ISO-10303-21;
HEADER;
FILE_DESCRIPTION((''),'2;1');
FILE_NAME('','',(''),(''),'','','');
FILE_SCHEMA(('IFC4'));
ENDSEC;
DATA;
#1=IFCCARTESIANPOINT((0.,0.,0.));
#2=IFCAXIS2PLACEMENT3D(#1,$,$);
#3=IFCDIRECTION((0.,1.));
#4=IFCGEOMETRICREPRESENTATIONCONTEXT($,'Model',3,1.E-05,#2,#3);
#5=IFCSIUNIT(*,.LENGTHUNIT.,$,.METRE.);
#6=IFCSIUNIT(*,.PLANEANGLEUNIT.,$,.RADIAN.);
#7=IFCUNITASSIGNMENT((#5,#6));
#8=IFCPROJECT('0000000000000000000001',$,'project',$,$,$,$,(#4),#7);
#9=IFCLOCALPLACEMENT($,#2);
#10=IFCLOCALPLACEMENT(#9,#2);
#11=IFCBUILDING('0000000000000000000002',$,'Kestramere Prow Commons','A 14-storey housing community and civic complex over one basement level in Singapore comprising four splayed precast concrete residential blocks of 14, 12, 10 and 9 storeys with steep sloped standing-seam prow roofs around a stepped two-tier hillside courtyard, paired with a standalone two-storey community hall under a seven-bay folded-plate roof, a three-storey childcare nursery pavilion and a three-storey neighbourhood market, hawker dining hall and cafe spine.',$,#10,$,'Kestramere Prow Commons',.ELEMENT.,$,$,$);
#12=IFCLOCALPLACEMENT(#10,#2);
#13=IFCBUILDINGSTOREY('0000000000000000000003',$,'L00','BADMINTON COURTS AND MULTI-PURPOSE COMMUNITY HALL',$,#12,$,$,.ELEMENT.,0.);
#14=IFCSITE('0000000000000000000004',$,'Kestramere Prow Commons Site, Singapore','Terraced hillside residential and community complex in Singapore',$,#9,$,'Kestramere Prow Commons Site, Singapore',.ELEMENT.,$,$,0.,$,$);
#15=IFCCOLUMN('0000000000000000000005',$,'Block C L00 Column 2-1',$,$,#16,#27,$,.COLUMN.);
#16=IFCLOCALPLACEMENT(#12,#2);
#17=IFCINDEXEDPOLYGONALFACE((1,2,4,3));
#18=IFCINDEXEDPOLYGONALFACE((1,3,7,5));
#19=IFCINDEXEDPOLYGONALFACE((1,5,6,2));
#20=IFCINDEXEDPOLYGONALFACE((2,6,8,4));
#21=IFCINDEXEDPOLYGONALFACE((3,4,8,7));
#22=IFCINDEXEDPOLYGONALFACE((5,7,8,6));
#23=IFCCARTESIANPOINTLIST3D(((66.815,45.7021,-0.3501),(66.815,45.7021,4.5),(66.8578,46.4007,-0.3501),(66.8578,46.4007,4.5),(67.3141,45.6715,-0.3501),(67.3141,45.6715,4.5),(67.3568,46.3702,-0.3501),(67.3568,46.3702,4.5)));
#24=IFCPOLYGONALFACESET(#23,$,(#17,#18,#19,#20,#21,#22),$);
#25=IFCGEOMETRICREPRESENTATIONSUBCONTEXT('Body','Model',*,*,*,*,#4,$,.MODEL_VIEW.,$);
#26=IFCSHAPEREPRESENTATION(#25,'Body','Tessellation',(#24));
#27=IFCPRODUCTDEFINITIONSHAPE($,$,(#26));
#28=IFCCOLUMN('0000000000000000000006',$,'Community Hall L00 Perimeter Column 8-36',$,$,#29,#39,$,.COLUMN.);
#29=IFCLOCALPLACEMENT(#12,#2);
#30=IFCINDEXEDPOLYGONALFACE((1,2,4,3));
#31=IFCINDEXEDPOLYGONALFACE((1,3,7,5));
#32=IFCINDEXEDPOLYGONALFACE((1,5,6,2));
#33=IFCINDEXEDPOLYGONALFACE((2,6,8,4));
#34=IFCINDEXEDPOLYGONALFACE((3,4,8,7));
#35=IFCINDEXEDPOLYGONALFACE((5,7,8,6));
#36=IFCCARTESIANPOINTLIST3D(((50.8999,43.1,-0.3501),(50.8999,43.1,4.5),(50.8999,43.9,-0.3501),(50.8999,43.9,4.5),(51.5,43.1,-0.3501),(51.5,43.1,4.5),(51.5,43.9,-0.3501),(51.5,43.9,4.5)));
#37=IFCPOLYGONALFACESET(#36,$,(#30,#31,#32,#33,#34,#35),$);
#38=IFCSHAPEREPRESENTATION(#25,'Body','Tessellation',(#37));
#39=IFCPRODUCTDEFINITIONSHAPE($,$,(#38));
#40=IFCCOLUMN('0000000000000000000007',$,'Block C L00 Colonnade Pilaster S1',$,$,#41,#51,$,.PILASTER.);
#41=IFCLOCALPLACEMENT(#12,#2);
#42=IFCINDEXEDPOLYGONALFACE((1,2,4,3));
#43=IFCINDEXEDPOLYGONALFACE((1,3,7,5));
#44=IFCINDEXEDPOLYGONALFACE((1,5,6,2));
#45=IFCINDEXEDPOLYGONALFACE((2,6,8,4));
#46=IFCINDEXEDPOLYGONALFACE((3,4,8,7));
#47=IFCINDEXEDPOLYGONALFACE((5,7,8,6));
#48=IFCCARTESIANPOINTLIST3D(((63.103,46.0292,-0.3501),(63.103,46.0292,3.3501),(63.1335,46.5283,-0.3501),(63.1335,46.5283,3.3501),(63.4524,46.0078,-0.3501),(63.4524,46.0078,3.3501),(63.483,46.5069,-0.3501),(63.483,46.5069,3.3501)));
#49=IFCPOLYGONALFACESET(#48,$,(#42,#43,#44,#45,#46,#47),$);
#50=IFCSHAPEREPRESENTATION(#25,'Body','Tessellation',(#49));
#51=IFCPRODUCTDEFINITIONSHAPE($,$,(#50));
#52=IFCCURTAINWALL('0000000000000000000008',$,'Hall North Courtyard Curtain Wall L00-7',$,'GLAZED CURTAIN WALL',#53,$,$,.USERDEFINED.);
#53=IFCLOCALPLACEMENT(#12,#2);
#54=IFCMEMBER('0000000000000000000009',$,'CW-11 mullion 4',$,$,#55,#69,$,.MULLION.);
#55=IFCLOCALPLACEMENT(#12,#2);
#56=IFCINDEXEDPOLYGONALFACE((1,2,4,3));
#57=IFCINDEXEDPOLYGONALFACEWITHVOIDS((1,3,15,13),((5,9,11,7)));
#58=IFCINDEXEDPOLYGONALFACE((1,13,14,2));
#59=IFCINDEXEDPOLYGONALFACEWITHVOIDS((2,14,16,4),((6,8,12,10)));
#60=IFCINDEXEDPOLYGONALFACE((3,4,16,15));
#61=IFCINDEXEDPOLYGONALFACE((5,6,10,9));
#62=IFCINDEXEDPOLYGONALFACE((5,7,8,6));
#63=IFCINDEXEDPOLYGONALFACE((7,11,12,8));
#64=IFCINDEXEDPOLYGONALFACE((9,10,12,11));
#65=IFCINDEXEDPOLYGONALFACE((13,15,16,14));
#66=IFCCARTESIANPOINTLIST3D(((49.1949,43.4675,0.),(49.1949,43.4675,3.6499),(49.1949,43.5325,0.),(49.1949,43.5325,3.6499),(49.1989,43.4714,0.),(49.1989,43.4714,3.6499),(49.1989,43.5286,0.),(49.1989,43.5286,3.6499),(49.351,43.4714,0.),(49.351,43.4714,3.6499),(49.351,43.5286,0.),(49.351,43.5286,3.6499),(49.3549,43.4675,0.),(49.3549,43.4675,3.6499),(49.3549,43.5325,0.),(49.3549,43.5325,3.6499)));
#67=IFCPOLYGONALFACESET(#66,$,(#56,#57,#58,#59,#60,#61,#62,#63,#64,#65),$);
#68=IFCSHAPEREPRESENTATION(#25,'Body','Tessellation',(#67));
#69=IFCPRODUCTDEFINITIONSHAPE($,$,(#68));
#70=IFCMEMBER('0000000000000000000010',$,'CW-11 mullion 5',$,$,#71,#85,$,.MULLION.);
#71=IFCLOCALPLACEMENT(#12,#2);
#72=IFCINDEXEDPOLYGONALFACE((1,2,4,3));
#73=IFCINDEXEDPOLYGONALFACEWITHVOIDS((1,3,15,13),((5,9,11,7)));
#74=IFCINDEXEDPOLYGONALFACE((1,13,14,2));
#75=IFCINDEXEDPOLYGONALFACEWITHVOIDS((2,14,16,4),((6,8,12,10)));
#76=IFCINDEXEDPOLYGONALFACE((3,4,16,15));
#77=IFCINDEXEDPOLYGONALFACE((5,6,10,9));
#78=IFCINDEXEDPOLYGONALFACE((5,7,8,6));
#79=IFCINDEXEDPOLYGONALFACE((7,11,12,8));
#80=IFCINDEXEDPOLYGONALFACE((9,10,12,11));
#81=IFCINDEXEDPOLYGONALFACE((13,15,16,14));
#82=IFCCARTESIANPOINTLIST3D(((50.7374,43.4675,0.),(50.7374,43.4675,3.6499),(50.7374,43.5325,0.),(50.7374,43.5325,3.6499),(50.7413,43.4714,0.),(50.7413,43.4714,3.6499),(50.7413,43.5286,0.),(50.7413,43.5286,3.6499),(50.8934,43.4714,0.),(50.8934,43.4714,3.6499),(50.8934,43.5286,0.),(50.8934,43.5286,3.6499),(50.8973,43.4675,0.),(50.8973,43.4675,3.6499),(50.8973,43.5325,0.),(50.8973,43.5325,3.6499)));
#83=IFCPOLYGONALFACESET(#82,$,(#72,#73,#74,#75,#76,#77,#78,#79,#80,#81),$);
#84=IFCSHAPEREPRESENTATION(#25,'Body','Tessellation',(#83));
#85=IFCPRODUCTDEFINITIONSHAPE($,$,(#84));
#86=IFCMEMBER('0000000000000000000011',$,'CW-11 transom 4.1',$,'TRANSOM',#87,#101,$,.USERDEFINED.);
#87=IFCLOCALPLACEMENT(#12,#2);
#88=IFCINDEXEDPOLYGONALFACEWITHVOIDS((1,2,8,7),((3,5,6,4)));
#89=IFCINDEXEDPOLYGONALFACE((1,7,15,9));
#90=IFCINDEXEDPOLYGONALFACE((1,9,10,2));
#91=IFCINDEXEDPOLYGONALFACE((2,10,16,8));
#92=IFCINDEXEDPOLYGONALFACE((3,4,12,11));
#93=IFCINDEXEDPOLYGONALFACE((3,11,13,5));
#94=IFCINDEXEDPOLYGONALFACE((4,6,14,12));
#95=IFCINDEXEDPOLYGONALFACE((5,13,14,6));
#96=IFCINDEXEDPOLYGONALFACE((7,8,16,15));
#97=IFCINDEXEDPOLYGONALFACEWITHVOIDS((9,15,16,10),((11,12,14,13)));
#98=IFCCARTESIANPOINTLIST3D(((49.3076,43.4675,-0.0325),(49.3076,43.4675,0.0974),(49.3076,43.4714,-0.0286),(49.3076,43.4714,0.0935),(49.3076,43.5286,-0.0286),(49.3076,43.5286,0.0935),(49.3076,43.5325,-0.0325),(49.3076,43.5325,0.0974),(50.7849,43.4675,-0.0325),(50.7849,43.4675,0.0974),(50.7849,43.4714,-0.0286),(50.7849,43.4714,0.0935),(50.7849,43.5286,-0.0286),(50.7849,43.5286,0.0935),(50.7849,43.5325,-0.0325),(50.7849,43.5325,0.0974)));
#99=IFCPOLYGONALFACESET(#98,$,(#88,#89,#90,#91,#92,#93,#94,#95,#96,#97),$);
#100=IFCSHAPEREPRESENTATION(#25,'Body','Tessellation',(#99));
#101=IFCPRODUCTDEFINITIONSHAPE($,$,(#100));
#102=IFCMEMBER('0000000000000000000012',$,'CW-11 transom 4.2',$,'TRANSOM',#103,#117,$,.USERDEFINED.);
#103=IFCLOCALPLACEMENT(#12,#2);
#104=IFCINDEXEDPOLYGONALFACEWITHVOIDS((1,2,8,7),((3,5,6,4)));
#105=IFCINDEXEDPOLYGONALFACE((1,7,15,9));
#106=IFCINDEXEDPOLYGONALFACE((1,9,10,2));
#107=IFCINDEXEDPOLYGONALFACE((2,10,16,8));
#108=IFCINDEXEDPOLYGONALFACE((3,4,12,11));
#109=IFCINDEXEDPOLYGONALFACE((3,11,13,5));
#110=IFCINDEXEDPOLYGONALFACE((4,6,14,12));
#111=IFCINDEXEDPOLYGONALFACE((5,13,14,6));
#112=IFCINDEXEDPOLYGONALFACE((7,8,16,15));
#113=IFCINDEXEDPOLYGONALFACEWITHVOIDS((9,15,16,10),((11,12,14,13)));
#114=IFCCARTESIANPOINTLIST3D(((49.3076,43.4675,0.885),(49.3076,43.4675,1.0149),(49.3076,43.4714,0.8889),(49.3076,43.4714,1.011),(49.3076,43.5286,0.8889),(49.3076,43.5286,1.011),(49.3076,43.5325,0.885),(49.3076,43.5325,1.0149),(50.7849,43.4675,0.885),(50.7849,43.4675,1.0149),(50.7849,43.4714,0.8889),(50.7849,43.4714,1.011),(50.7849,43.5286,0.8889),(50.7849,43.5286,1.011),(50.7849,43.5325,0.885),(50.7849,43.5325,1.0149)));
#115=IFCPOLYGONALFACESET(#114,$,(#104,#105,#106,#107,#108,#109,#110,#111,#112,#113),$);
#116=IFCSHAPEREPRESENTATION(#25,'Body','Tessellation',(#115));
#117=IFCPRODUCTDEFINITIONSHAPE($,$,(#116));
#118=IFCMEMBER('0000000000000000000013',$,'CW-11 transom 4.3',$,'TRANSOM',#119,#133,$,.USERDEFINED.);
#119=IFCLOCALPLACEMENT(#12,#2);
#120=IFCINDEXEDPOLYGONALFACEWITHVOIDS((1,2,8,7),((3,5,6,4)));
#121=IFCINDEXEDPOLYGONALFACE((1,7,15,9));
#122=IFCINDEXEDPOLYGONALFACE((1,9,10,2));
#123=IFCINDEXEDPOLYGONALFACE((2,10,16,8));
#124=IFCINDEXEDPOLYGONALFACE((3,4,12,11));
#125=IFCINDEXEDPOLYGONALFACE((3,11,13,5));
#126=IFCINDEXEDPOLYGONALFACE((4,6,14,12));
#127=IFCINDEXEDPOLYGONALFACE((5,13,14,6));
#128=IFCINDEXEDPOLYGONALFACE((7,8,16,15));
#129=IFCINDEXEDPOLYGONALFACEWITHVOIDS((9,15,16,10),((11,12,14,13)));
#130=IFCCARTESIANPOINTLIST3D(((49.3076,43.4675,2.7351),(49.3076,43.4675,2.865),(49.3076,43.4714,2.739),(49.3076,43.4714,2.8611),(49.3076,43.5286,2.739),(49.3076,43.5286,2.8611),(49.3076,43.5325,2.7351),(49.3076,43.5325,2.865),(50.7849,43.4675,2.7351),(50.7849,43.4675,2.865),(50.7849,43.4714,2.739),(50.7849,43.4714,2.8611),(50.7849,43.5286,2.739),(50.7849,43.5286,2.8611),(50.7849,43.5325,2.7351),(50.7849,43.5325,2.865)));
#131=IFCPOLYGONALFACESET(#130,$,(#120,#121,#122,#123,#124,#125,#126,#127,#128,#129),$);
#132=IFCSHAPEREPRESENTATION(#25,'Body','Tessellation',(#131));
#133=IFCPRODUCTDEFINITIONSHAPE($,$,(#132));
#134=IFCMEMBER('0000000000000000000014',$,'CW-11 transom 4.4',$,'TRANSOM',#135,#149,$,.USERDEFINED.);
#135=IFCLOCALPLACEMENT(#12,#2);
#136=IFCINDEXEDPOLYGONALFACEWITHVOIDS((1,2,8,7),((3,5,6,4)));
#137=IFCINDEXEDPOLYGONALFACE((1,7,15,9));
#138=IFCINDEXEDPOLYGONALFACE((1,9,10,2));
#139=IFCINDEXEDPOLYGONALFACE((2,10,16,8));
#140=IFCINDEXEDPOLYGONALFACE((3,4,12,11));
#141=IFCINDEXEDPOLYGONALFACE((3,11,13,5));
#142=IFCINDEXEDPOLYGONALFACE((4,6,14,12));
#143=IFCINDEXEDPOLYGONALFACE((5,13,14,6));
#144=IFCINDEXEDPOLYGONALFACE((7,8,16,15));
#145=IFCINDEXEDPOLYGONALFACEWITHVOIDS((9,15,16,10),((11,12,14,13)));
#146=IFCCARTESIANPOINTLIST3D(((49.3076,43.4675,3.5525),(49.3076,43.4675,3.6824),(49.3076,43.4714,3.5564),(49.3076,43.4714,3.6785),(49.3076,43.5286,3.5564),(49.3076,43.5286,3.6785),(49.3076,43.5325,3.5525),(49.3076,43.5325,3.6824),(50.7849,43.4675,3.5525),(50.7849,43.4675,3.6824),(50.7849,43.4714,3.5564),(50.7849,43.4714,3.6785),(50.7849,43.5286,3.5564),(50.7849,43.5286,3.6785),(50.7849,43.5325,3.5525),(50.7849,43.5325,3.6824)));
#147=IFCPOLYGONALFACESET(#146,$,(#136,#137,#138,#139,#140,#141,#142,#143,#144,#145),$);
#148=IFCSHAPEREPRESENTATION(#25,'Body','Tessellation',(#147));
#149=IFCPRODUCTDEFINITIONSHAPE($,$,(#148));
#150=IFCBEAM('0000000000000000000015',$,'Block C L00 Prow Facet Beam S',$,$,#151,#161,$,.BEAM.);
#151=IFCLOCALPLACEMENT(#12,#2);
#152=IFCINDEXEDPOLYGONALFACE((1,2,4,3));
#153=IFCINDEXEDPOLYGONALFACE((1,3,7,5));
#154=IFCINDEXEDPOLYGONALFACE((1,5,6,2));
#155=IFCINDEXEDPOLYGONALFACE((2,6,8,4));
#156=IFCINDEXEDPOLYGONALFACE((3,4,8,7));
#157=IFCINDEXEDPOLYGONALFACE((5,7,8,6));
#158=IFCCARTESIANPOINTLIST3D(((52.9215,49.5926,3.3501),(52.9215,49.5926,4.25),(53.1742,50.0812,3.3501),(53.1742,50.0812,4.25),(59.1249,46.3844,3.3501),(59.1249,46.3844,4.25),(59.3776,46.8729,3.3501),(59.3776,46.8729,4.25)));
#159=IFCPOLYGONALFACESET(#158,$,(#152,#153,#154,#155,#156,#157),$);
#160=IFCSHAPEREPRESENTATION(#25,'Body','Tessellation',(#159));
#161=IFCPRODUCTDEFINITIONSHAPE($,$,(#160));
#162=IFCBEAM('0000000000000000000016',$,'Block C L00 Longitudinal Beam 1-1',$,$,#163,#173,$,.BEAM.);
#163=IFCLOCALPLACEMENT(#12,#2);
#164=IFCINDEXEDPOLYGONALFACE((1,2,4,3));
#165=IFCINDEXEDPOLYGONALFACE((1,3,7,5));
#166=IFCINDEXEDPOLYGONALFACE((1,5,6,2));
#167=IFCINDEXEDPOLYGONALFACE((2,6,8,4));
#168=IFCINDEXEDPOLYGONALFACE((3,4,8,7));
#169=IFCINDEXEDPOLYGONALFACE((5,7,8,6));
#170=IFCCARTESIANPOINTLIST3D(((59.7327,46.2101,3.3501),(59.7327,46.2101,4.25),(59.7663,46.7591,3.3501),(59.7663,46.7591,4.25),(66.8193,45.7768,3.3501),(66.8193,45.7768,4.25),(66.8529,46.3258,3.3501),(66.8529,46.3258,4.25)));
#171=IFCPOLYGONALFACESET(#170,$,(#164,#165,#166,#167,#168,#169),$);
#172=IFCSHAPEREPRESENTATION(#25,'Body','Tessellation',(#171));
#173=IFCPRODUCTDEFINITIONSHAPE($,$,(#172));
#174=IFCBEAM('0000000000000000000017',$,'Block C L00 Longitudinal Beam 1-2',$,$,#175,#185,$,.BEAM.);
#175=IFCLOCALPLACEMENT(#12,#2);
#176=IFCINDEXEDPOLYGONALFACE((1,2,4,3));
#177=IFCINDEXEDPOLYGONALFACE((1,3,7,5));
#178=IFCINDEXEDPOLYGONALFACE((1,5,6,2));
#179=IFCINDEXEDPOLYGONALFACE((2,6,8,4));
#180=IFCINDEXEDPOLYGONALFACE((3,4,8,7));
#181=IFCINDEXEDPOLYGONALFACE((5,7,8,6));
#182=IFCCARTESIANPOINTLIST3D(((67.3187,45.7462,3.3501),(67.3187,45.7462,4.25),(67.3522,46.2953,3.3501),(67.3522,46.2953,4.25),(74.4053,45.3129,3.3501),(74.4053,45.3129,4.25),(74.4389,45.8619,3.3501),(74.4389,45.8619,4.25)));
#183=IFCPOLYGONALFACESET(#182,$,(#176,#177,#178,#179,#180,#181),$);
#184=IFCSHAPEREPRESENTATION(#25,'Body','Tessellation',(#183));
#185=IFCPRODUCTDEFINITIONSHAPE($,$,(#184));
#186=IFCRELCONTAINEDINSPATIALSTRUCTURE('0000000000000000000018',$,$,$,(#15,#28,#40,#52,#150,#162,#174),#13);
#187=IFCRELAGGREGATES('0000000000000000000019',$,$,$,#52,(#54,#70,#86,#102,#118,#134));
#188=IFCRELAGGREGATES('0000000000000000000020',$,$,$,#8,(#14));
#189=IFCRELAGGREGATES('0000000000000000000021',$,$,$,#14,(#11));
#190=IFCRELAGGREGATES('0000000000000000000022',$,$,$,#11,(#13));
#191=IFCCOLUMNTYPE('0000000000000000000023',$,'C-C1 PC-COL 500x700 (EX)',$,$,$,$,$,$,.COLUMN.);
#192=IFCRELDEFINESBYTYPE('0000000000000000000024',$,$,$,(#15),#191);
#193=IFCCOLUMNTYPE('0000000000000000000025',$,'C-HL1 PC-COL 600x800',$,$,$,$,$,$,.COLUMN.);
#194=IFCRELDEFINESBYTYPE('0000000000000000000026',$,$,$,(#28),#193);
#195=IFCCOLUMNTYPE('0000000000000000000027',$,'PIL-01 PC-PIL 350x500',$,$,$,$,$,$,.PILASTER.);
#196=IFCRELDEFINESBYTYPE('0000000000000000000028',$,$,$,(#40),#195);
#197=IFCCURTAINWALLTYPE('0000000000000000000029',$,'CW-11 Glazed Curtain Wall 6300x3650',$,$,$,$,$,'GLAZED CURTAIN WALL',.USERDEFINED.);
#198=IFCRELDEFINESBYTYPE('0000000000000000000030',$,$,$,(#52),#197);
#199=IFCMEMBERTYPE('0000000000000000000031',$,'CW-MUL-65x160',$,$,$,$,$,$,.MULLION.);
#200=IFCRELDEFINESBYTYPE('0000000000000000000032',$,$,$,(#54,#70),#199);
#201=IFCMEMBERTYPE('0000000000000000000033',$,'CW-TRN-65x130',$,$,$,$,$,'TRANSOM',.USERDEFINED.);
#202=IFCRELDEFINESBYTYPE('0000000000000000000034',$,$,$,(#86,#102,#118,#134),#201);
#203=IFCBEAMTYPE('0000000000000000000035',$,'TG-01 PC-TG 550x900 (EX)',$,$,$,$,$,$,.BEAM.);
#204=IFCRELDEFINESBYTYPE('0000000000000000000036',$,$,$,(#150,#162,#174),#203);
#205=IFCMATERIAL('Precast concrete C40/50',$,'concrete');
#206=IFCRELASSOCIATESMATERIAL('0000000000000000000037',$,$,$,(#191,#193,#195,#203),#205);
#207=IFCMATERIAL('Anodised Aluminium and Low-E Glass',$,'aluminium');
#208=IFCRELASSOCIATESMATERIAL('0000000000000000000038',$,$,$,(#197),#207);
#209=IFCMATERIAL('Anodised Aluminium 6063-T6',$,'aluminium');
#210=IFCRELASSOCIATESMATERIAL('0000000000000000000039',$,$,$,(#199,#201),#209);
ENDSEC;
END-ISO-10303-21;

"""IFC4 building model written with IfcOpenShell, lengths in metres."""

from ifc_helpers import new_model, si_unit, direction, frame, origin, origin_2d, place, context, subcontext, project, spatial, rectangle, hollow_rectangle, extrude, material, material_profile, profile_set, type_object, element, aggregate, save


model = new_model("IFC4")

# Units and contexts
model_context = context("Model", 3, precision=1e-05, world=origin(), true_north=direction((0.0, 1.0)))
body_context = subcontext(model_context, "Body", "Model", "MODEL_VIEW")
ifc_project = project(units=[si_unit("LENGTHUNIT", "METRE"), si_unit("PLANEANGLEUNIT", "RADIAN")], contexts=[model_context])

# Site, building, storey
site_placement = place(None, origin())
site = spatial("IfcSite", under=ifc_project, at=site_placement, Name="Kestramere Prow Commons Site, Singapore", Description="Terraced hillside residential and community complex in Singapore", LongName="Kestramere Prow Commons Site, Singapore", CompositionType="ELEMENT", RefElevation=0.0)
building_placement = place(site_placement, origin())
building = spatial("IfcBuilding", under=site, at=building_placement, Name="Kestramere Prow Commons", Description="A 14-storey housing community and civic complex over one basement level in Singapore comprising four splayed precast concrete residential blocks of 14, 12, 10 and 9 storeys with steep sloped standing-seam prow roofs around a stepped two-tier hillside courtyard, paired with a standalone two-storey community hall under a seven-bay folded-plate roof, a three-storey childcare nursery pavilion and a three-storey neighbourhood market, hawker dining hall and cafe spine.", LongName="Kestramere Prow Commons", CompositionType="ELEMENT")
storey_placement = place(building_placement, origin())
storey = spatial("IfcBuildingStorey", under=building, at=storey_placement, Name="L00", Description="BADMINTON COURTS AND MULTI-PURPOSE COMMUNITY HALL", CompositionType="ELEMENT", Elevation=0.0)

# Columns
ifc_material_1 = material(Name="Precast concrete C40/50", Category="concrete")
ifc_material_profile_1 = material_profile(ifc_material_1, rectangle(XDim=0.5, YDim=0.7, at=origin_2d()), Name="PC-COL 500x700")
ifc_profile_set_1 = profile_set([ifc_material_profile_1], Name="Precast concrete C40/50")
column_type_1 = type_object("IfcColumnType", Name="C-C1 PC-COL 500x700 (EX)", PredefinedType="COLUMN", material=ifc_profile_set_1)
for number, where, z_axis, x_axis, name in (
    (1, (67.0859, 46.0361, -0.3501), (0.0, 0.0, 1.0), (0.998135, -0.061049, 0.0), "Block C L00 Column 2-1"),
):
    element("IfcColumn", number, at=place(storey_placement, frame(where, z_axis=z_axis, x_axis=x_axis)), inside=storey, type_object=column_type_1, Name=name, PredefinedType="COLUMN", context=body_context, shape_type="SweptSolid", body=[
        extrude(rectangle(XDim=0.5, YDim=0.7, at=origin_2d()), origin(), (0.0, 0.0, 1.0), 4.8501),
    ])
ifc_material_profile_2 = material_profile(ifc_material_1, rectangle(XDim=0.6001, YDim=0.8, at=origin_2d()), Name="PC-COL 600x800")
ifc_profile_set_2 = profile_set([ifc_material_profile_2], Name="Precast concrete C40/50")
column_type_2 = type_object("IfcColumnType", Name="C-HL1 PC-COL 600x800", PredefinedType="COLUMN", material=ifc_profile_set_2)
column_1_placement = place(storey_placement, frame((51.2, 43.5, -0.3501), z_axis=(0.0, 0.0, 1.0), x_axis=(1.0, 0.0, 0.0)))
element("IfcColumn", 2, at=column_1_placement, inside=storey, type_object=column_type_2, Name="Community Hall L00 Perimeter Column 8-36", PredefinedType="COLUMN", context=body_context, shape_type="SweptSolid", body=[
    extrude(rectangle(XDim=0.6001, YDim=0.8, at=origin_2d()), origin(), (0.0, 0.0, 1.0), 4.8501),
])
ifc_material_profile_3 = material_profile(ifc_material_1, rectangle(XDim=0.3501, YDim=0.5, at=origin_2d()), Name="PC-PIL 350x500")
ifc_profile_set_3 = profile_set([ifc_material_profile_3], Name="Precast concrete C40/50")
column_type_3 = type_object("IfcColumnType", Name="PIL-01 PC-PIL 350x500", PredefinedType="PILASTER", material=ifc_profile_set_3)
column_2_placement = place(storey_placement, frame((63.293, 46.2681, -0.3501), z_axis=(0.0, 0.0, 1.0), x_axis=(0.998135, -0.061049, 0.0)))
element("IfcColumn", 3, at=column_2_placement, inside=storey, type_object=column_type_3, Name="Block C L00 Colonnade Pilaster S1", PredefinedType="PILASTER", context=body_context, shape_type="SweptSolid", body=[
    extrude(rectangle(XDim=0.3501, YDim=0.5, at=origin_2d()), origin(), (0.0, 0.0, 1.0), 3.7002),
])

# Curtain wall, members
ifc_material_2 = material(Name="Anodised Aluminium and Low-E Glass", Category="aluminium")
curtain_wall_type = type_object("IfcCurtainWallType", Name="CW-11 Glazed Curtain Wall 6300x3650", ElementType="GLAZED CURTAIN WALL", PredefinedType="USERDEFINED", material=ifc_material_2)
curtain_wall_placement = place(storey_placement, origin())
curtain_wall = element("IfcCurtainWall", 4, at=curtain_wall_placement, inside=storey, type_object=curtain_wall_type, Name="Hall North Courtyard Curtain Wall L00-7", ObjectType="GLAZED CURTAIN WALL", PredefinedType="USERDEFINED")
ifc_material_3 = material(Name="Anodised Aluminium 6063-T6", Category="aluminium")
ifc_material_profile_4 = material_profile(ifc_material_3, hollow_rectangle(XDim=0.0649, YDim=0.1599, WallThickness=0.0039, at=origin_2d()), Name="ALU-MUL 65x160")
ifc_profile_set_4 = profile_set([ifc_material_profile_4], Name="Anodised Aluminium 6063-T6")
member_type_1 = type_object("IfcMemberType", Name="CW-MUL-65x160", PredefinedType="MULLION", material=ifc_profile_set_4)
member_1_placement = place(storey_placement, frame((49.2749, 43.5, 0.0), z_axis=(0.0, 0.0, 1.0), x_axis=(0.0, 1.0, 0.0)))
member_1 = element("IfcMember", 5, at=member_1_placement, type_object=member_type_1, Name="CW-11 mullion 4", PredefinedType="MULLION", context=body_context, shape_type="SweptSolid", body=[
    extrude(hollow_rectangle(XDim=0.0649, YDim=0.1599, WallThickness=0.0039, at=origin_2d()), origin(), (0.0, 0.0, 1.0), 3.6499),
])
member_2_placement = place(storey_placement, frame((50.8174, 43.5, 0.0), z_axis=(0.0, 0.0, 1.0), x_axis=(0.0, 1.0, 0.0)))
member_2 = element("IfcMember", 6, at=member_2_placement, type_object=member_type_1, Name="CW-11 mullion 5", PredefinedType="MULLION", context=body_context, shape_type="SweptSolid", body=[
    extrude(hollow_rectangle(XDim=0.0649, YDim=0.1599, WallThickness=0.0039, at=origin_2d()), origin(), (0.0, 0.0, 1.0), 3.6499),
])
ifc_material_profile_5 = material_profile(ifc_material_3, hollow_rectangle(XDim=0.0649, YDim=0.1299, WallThickness=0.0039, at=origin_2d()), Name="ALU-TRN 65x130")
ifc_profile_set_5 = profile_set([ifc_material_profile_5], Name="Anodised Aluminium 6063-T6")
member_type_2 = type_object("IfcMemberType", Name="CW-TRN-65x130", ElementType="TRANSOM", PredefinedType="USERDEFINED", material=ifc_profile_set_5)
member_3_placement = place(storey_placement, frame((49.3076, 43.5, 0.0325), z_axis=(1.0, 0.0, 0.0), x_axis=(0.0, 1.0, 0.0)))
member_3 = element("IfcMember", 7, at=member_3_placement, type_object=member_type_2, Name="CW-11 transom 4.1", ObjectType="TRANSOM", PredefinedType="USERDEFINED", context=body_context, shape_type="SweptSolid", body=[
    extrude(hollow_rectangle(XDim=0.0649, YDim=0.1299, WallThickness=0.0039, at=origin_2d()), origin(), (0.0, 0.0, 1.0), 1.4773),
])
member_4_placement = place(storey_placement, frame((49.3076, 43.5, 0.95), z_axis=(1.0, 0.0, 0.0), x_axis=(0.0, 1.0, 0.0)))
member_4 = element("IfcMember", 8, at=member_4_placement, type_object=member_type_2, Name="CW-11 transom 4.2", ObjectType="TRANSOM", PredefinedType="USERDEFINED", context=body_context, shape_type="SweptSolid", body=[
    extrude(hollow_rectangle(XDim=0.0649, YDim=0.1299, WallThickness=0.0039, at=origin_2d()), origin(), (0.0, 0.0, 1.0), 1.4773),
])
member_5_placement = place(storey_placement, frame((49.3076, 43.5, 2.8), z_axis=(1.0, 0.0, 0.0), x_axis=(0.0, 1.0, 0.0)))
member_5 = element("IfcMember", 9, at=member_5_placement, type_object=member_type_2, Name="CW-11 transom 4.3", ObjectType="TRANSOM", PredefinedType="USERDEFINED", context=body_context, shape_type="SweptSolid", body=[
    extrude(hollow_rectangle(XDim=0.0649, YDim=0.1299, WallThickness=0.0039, at=origin_2d()), origin(), (0.0, 0.0, 1.0), 1.4773),
])
member_6_placement = place(storey_placement, frame((49.3076, 43.5, 3.6174), z_axis=(1.0, 0.0, 0.0), x_axis=(0.0, 1.0, 0.0)))
member_6 = element("IfcMember", 10, at=member_6_placement, type_object=member_type_2, Name="CW-11 transom 4.4", ObjectType="TRANSOM", PredefinedType="USERDEFINED", context=body_context, shape_type="SweptSolid", body=[
    extrude(hollow_rectangle(XDim=0.0649, YDim=0.1299, WallThickness=0.0039, at=origin_2d()), origin(), (0.0, 0.0, 1.0), 1.4773),
])

# Beams
ifc_material_profile_6 = material_profile(ifc_material_1, rectangle(XDim=0.55, YDim=0.8999, at=origin_2d()), Name="PC-TG 550x900")
ifc_profile_set_6 = profile_set([ifc_material_profile_6], Name="Precast concrete C40/50")
beam_type = type_object("IfcBeamType", Name="TG-01 PC-TG 550x900 (EX)", PredefinedType="BEAM", material=ifc_profile_set_6)
beam_1_placement = place(storey_placement, frame((59.2512, 46.6287, 3.8), z_axis=(-0.88824, 0.459379, 0.0), x_axis=(-0.459379, -0.88824, 0.0)))
element("IfcBeam", 11, at=beam_1_placement, inside=storey, type_object=beam_type, Name="Block C L00 Prow Facet Beam S", PredefinedType="BEAM", context=body_context, shape_type="SweptSolid", body=[
    extrude(rectangle(XDim=0.55, YDim=0.8999, at=origin_2d()), origin(), (0.0, 0.0, 1.0), 6.9839),
])
for number, where, z_axis, x_axis, name in (
    (12, (59.7495, 46.4846, 3.8), (0.998136, -0.061036, 0.0), (0.061036, 0.998136, 0.0), "Block C L00 Longitudinal Beam 1-1"),
    (13, (67.3354, 46.0208, 3.8), (0.998136, -0.061036, 0.0), (0.061036, 0.998136, 0.0), "Block C L00 Longitudinal Beam 1-2"),
):
    element("IfcBeam", number, at=place(storey_placement, frame(where, z_axis=z_axis, x_axis=x_axis)), inside=storey, type_object=beam_type, Name=name, PredefinedType="BEAM", context=body_context, shape_type="SweptSolid", body=[
        extrude(rectangle(XDim=0.55, YDim=0.8999, at=origin_2d()), origin(), (0.0, 0.0, 1.0), 7.0999),
    ])

aggregate(curtain_wall, [member_1, member_2, member_3, member_4, member_5, member_6])

save(model, "model.ifc")
